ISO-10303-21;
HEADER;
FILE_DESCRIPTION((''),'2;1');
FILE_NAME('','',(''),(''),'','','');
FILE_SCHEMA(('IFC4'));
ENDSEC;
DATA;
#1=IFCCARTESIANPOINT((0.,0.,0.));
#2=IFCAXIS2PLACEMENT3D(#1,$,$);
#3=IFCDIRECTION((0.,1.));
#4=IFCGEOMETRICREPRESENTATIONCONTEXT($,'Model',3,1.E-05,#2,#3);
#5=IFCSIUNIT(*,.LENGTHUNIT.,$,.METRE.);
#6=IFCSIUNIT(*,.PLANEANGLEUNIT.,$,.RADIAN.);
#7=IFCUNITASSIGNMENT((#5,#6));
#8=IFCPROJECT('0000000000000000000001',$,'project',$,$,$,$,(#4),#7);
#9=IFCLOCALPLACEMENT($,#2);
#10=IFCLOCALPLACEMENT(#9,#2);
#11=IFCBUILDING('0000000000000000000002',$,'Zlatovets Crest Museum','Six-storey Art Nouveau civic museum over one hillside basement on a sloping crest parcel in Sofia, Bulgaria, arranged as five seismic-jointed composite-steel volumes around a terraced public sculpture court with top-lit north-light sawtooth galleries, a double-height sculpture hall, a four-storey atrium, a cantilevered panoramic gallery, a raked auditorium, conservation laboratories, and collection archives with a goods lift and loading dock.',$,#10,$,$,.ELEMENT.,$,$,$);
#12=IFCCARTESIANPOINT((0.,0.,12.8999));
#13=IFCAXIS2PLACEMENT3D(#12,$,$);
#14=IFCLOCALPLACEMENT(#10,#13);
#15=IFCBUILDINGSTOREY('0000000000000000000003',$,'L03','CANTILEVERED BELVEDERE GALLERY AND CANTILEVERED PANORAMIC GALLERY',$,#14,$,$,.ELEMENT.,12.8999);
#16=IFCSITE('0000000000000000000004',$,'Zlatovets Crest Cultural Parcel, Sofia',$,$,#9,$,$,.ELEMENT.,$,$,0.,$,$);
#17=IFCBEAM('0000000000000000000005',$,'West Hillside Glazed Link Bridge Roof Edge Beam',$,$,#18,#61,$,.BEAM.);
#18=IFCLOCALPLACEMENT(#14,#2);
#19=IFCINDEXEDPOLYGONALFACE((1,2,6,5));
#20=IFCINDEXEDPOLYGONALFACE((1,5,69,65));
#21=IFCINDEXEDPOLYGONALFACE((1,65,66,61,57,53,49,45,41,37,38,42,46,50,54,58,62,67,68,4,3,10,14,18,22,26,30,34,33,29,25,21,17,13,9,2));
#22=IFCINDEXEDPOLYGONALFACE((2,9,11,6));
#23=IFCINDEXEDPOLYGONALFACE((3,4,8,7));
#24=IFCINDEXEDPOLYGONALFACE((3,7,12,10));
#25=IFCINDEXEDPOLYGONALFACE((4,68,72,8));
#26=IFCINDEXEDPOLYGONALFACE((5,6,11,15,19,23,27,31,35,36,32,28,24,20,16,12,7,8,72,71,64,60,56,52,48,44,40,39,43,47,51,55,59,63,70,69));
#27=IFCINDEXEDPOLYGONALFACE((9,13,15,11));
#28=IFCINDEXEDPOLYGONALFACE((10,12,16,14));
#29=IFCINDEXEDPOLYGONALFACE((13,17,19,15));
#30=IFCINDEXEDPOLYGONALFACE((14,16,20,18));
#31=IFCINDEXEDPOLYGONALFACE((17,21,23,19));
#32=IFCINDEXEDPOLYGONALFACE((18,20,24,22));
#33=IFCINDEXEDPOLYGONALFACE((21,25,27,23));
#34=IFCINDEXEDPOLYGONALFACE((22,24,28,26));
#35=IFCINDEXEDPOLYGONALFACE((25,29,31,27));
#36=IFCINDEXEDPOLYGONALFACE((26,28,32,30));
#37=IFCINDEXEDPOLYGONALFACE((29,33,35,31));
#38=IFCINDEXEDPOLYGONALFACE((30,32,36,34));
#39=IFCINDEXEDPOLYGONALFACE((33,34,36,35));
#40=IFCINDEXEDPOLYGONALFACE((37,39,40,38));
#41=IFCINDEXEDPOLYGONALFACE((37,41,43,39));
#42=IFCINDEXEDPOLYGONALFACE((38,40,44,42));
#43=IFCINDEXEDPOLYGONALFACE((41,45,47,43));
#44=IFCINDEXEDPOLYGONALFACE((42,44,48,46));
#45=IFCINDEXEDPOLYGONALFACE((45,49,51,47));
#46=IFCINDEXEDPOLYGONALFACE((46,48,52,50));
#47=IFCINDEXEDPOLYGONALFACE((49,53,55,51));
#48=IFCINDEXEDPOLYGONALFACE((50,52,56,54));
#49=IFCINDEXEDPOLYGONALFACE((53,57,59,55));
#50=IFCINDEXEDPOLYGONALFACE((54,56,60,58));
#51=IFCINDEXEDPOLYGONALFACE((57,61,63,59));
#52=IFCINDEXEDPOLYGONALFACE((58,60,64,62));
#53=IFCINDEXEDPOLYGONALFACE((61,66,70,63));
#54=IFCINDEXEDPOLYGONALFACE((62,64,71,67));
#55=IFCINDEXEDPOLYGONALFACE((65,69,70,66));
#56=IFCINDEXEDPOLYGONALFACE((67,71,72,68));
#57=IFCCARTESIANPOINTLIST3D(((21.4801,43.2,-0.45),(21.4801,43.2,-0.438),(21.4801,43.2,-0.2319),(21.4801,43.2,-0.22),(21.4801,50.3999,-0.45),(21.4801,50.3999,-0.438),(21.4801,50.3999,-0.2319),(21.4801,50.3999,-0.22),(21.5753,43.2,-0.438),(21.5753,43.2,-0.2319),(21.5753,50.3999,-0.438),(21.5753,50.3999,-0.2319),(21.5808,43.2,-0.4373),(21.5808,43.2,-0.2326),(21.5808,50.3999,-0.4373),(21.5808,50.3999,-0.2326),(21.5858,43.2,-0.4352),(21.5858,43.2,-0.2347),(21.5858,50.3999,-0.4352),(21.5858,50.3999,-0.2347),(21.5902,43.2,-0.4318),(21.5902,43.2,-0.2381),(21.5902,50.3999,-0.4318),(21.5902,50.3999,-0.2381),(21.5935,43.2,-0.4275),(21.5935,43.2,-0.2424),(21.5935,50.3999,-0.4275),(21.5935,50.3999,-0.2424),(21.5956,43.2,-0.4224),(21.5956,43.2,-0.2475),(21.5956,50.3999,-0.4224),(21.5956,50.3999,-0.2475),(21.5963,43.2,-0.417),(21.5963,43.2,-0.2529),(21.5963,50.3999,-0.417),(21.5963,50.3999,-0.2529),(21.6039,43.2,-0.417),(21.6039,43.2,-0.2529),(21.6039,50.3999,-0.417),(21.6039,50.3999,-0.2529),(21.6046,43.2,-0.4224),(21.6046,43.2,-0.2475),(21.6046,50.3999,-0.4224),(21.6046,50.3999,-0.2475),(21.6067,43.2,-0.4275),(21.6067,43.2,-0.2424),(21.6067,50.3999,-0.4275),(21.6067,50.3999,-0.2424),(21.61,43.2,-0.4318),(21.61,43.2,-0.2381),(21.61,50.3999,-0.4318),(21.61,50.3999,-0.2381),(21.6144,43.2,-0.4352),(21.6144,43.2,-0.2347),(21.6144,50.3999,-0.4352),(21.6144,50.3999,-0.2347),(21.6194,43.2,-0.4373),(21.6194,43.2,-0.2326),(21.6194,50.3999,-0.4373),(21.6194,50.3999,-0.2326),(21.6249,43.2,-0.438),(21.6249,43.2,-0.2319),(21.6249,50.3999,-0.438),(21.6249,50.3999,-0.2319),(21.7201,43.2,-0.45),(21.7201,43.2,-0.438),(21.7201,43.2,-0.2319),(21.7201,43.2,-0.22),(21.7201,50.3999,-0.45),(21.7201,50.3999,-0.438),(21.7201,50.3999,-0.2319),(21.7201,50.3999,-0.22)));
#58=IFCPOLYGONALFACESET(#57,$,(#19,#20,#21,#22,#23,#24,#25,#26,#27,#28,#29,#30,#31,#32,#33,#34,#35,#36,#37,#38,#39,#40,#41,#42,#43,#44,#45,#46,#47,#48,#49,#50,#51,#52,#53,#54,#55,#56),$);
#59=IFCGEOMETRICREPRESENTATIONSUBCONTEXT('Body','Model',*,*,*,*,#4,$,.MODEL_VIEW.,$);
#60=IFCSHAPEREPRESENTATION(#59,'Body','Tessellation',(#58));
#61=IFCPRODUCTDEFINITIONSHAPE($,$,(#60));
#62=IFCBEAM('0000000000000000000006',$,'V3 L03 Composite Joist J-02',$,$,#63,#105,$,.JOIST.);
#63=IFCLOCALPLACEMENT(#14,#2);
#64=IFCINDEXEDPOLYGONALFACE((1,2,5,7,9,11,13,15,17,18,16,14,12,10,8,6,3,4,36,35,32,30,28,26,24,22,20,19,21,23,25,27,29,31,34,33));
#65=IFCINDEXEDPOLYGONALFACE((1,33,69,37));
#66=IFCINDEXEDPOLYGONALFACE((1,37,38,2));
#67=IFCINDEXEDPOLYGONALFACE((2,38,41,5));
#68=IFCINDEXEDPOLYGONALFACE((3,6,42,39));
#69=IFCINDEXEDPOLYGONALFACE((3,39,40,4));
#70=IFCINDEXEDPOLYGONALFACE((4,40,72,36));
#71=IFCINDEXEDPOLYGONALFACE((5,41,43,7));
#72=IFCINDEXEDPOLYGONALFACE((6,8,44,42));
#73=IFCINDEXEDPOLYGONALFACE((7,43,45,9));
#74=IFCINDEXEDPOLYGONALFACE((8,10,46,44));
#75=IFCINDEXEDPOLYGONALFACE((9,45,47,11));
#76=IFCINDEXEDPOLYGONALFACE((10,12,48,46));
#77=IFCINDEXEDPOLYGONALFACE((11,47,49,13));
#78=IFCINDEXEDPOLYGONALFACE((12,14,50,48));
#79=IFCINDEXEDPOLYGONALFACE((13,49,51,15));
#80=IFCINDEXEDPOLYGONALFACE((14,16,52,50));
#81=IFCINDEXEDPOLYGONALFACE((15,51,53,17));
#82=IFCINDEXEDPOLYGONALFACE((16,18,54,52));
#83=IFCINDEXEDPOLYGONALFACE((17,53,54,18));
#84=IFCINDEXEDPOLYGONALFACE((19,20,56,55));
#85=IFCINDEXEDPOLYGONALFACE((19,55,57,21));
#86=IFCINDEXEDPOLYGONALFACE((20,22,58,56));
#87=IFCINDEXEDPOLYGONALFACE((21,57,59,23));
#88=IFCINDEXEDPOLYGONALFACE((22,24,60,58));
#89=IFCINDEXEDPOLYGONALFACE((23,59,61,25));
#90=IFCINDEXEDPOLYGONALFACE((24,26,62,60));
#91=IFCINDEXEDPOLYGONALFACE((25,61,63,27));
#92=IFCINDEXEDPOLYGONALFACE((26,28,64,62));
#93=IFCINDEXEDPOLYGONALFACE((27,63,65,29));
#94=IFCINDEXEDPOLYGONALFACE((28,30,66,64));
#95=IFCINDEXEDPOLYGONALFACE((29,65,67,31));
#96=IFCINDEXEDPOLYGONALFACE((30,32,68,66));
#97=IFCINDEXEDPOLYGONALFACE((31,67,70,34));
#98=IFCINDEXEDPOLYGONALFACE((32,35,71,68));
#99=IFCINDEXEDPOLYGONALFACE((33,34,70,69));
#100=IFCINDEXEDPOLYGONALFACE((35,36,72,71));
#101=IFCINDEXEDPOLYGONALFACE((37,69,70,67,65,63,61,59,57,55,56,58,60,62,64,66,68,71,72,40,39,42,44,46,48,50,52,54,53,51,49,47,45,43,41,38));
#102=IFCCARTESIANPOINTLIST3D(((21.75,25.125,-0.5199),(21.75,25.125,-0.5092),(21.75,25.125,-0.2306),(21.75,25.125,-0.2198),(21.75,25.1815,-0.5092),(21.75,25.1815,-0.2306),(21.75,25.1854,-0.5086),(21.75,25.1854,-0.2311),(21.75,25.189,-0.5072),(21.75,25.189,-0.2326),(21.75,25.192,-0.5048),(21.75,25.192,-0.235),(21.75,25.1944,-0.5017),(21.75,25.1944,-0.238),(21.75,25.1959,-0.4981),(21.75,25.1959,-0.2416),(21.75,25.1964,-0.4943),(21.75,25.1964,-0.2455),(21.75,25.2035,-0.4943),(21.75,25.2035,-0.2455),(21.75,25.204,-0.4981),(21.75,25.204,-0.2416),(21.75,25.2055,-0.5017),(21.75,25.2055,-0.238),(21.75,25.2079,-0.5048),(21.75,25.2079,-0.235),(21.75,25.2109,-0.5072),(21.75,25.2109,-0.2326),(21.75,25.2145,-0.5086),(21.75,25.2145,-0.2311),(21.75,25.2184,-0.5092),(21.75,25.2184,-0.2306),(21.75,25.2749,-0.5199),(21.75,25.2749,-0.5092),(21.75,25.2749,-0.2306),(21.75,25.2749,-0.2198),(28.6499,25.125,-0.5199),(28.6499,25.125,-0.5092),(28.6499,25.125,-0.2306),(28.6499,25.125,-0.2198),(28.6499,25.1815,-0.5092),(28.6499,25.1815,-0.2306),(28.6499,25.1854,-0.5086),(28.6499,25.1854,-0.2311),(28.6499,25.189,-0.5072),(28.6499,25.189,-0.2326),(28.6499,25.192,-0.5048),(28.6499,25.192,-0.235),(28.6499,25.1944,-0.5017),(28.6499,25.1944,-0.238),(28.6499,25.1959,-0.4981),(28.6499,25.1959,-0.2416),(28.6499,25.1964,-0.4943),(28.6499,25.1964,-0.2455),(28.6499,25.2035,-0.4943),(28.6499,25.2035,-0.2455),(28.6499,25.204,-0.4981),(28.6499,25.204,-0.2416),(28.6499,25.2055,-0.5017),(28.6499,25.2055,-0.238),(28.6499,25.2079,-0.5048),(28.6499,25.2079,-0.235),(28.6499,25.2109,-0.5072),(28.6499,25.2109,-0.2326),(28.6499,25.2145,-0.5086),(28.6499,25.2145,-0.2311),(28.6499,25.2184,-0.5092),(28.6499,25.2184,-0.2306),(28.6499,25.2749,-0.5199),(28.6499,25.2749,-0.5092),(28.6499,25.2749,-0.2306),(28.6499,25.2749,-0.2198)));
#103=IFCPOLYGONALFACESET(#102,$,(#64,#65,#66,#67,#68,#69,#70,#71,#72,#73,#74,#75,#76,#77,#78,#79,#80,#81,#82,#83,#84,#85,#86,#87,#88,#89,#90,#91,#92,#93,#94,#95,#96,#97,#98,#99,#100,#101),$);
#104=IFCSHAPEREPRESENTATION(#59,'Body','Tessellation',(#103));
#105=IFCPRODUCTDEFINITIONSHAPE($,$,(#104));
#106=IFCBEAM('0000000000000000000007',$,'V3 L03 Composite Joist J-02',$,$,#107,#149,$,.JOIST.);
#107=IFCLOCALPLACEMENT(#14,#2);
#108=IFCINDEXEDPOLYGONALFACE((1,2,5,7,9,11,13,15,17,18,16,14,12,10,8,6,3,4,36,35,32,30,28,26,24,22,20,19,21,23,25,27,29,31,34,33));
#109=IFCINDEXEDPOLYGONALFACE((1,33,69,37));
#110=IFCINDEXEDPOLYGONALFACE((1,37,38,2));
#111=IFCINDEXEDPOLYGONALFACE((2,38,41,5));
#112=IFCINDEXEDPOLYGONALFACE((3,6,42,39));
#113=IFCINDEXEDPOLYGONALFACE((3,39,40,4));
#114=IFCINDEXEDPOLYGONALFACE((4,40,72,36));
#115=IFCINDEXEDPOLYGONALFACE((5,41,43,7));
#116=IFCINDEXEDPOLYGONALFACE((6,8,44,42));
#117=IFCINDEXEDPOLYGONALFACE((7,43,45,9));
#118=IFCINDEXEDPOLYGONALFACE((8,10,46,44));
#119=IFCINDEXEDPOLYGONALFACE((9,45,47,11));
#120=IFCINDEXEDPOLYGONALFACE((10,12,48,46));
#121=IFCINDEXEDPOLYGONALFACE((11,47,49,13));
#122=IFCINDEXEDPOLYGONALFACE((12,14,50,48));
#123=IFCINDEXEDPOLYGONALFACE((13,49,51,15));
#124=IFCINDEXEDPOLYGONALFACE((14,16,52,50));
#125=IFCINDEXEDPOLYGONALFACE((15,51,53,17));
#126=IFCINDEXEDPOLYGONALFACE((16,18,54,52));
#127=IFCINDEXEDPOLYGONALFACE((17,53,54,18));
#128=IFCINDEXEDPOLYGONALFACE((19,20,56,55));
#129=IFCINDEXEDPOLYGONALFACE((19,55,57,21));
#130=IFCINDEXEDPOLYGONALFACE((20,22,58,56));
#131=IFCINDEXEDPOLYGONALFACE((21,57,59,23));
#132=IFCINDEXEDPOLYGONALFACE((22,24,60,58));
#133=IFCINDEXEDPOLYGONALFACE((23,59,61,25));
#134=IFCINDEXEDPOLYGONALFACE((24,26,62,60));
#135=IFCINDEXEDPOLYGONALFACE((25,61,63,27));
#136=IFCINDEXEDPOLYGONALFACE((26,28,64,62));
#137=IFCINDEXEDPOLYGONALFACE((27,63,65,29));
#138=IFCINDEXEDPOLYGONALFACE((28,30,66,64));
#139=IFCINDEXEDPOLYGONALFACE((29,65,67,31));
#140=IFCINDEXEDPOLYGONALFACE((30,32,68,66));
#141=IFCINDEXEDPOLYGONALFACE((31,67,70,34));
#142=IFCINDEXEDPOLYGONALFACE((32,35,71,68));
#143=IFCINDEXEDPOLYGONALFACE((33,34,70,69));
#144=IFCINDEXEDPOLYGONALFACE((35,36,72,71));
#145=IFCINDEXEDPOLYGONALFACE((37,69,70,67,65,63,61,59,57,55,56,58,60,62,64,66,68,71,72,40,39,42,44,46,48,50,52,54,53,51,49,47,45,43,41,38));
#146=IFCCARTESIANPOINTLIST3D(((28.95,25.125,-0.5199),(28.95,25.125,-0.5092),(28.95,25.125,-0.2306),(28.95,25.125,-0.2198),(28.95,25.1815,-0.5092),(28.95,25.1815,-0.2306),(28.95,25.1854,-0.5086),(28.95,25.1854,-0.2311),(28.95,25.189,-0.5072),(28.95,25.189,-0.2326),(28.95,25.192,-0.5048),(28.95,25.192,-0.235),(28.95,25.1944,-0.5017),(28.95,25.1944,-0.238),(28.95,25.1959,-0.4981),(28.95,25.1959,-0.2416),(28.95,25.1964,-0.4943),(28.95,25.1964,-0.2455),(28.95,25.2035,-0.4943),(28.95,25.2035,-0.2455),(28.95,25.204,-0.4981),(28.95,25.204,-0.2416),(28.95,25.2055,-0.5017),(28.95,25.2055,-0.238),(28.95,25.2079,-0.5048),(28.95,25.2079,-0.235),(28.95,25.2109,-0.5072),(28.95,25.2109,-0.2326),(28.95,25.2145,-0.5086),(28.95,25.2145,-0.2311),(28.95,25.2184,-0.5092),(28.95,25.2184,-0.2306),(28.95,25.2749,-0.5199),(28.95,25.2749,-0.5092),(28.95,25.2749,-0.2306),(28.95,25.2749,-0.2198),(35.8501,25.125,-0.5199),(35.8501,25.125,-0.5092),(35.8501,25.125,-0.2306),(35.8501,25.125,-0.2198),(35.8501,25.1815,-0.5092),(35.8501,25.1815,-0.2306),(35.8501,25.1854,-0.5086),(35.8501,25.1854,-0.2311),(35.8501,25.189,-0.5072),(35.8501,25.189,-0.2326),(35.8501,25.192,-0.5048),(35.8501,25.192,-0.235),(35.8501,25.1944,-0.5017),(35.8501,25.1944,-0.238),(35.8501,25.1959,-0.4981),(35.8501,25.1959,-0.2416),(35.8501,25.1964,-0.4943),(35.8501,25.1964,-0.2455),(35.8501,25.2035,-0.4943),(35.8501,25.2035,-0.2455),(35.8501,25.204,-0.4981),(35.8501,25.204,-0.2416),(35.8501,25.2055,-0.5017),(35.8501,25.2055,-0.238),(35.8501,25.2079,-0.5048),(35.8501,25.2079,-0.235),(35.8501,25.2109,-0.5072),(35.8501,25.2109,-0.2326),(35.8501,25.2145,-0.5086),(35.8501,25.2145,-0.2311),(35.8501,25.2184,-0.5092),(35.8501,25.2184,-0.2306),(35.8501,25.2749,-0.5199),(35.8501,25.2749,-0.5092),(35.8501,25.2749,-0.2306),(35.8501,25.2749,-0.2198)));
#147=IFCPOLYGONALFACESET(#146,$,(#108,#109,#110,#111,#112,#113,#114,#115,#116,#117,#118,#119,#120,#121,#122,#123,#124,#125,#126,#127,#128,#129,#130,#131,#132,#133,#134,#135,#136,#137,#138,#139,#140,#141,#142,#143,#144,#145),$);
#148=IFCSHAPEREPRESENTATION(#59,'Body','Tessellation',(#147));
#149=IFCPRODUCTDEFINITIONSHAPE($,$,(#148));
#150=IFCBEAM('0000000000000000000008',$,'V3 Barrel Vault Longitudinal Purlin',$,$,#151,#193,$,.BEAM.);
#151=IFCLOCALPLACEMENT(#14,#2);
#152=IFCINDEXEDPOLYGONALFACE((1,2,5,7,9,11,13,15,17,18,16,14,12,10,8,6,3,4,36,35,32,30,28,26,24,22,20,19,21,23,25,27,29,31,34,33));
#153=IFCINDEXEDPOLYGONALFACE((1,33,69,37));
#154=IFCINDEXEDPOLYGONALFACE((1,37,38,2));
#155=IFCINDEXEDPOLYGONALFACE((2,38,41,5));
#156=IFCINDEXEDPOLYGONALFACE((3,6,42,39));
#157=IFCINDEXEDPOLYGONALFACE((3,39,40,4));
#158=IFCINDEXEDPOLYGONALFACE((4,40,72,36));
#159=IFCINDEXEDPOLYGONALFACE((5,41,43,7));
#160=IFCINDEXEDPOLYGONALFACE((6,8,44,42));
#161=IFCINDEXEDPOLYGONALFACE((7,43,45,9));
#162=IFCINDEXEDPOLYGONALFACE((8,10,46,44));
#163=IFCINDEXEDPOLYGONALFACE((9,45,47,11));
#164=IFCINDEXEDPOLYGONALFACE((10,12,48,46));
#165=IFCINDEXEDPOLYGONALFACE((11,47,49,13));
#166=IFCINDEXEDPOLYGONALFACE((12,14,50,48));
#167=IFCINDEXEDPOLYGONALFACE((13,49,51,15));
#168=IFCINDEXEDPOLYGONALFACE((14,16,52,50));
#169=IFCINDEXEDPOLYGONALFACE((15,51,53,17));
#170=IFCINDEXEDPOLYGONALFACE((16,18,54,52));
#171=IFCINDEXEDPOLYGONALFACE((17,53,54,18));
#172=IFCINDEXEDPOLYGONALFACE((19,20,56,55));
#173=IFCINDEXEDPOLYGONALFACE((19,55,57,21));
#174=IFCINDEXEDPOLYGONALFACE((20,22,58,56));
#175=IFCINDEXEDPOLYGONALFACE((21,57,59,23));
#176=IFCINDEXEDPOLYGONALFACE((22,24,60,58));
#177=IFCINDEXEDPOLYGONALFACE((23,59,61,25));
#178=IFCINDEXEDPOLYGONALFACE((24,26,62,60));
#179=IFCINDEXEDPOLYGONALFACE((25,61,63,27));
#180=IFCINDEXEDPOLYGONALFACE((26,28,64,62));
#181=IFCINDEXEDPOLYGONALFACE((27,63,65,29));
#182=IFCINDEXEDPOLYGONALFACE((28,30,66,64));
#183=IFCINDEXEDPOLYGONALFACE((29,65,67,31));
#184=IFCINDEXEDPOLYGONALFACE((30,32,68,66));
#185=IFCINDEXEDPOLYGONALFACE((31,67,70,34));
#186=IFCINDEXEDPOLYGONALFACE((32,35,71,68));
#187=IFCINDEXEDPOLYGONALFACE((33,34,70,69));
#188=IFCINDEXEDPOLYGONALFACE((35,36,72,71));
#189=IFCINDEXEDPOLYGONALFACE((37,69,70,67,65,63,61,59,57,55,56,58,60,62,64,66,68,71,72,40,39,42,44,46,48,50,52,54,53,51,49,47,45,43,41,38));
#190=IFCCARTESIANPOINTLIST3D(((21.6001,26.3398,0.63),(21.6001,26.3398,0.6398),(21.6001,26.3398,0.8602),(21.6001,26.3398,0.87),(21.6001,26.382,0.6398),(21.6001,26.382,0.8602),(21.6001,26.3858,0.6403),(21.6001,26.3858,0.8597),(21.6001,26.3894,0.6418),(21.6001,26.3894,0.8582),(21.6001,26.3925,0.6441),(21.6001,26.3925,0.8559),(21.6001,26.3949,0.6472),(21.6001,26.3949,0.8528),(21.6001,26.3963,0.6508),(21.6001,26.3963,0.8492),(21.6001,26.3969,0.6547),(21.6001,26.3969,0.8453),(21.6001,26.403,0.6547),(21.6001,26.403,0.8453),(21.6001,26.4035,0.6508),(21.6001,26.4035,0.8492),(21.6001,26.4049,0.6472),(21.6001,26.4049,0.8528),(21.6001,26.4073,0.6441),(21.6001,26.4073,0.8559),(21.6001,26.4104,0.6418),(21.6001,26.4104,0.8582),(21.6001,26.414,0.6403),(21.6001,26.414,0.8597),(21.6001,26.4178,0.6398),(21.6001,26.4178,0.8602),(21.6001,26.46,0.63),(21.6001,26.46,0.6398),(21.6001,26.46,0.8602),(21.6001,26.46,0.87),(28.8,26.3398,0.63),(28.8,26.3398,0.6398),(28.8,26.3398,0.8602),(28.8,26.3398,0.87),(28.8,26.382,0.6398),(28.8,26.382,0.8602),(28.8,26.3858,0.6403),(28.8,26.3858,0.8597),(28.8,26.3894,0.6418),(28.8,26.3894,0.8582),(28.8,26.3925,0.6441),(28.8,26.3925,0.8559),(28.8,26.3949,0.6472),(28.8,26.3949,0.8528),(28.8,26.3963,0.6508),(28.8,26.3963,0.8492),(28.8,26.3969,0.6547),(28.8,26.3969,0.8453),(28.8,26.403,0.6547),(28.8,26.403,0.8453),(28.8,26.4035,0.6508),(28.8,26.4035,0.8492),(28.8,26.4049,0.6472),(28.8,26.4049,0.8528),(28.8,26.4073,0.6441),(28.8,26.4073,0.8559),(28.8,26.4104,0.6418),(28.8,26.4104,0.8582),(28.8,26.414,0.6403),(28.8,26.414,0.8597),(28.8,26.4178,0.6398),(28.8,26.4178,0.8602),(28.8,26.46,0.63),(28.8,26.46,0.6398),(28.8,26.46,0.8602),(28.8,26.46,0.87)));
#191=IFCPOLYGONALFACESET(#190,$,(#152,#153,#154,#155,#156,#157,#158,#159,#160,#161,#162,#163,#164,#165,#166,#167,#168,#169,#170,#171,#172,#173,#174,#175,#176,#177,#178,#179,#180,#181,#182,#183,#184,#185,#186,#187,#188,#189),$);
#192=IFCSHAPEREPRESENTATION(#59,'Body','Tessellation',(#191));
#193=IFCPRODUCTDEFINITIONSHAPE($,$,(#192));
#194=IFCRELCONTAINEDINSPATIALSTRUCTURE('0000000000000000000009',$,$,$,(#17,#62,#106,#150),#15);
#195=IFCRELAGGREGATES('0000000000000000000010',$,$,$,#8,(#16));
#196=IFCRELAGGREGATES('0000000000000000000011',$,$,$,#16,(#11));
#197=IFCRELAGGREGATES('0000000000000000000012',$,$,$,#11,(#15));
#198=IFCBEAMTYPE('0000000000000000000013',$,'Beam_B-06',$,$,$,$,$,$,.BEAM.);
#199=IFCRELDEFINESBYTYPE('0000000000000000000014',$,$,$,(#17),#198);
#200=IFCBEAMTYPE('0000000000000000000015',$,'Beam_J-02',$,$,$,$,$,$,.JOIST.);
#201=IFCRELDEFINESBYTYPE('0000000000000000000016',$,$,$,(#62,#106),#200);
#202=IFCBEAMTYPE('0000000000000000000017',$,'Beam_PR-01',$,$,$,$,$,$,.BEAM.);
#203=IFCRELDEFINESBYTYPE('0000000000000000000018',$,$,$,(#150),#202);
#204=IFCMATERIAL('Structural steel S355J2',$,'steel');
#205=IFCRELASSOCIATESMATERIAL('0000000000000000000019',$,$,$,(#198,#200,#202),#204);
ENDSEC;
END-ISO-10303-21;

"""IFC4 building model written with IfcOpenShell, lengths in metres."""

from ifc_helpers import new_model, si_unit, direction, frame, origin, origin_2d, place, context, subcontext, project, spatial, i_section, extrude, material, material_profile, profile_set, type_object, element, save


model = new_model("IFC4")

# Units and contexts
model_context = context("Model", 3, precision=1e-05, world=origin(), true_north=direction((0.0, 1.0)))
body_context = subcontext(model_context, "Body", "Model", "MODEL_VIEW")
ifc_project = project(units=[si_unit("LENGTHUNIT", "METRE"), si_unit("PLANEANGLEUNIT", "RADIAN")], contexts=[model_context])

# Site, building, storey
site_placement = place(None, origin())
site = spatial("IfcSite", under=ifc_project, at=site_placement, Name="Zlatovets Crest Cultural Parcel, Sofia", CompositionType="ELEMENT", RefElevation=0.0)
building_placement = place(site_placement, origin())
building = spatial("IfcBuilding", under=site, at=building_placement, Name="Zlatovets Crest Museum", Description="Six-storey Art Nouveau civic museum over one hillside basement on a sloping crest parcel in Sofia, Bulgaria, arranged as five seismic-jointed composite-steel volumes around a terraced public sculpture court with top-lit north-light sawtooth galleries, a double-height sculpture hall, a four-storey atrium, a cantilevered panoramic gallery, a raked auditorium, conservation laboratories, and collection archives with a goods lift and loading dock.", CompositionType="ELEMENT")
storey_placement = place(building_placement, frame((0.0, 0.0, 12.8999)))
storey = spatial("IfcBuildingStorey", under=building, at=storey_placement, Name="L03", Description="CANTILEVERED BELVEDERE GALLERY AND CANTILEVERED PANORAMIC GALLERY", CompositionType="ELEMENT", Elevation=12.8999)

# Beams
ifc_material_1 = material(Name="Structural steel S355J2", Category="steel")
ifc_material_profile_1 = material_profile(ifc_material_1, i_section(OverallWidth=0.24, OverallDepth=0.23, WebThickness=0.0076, FlangeThickness=0.012, FilletRadius=0.021, at=origin_2d()), Name="HEA 240")
ifc_profile_set_1 = profile_set([ifc_material_profile_1], Name="Structural steel S355J2")
beam_type_1 = type_object("IfcBeamType", Name="Beam_B-06", PredefinedType="BEAM", material=ifc_profile_set_1)
for number, where, z_axis, x_axis, name in (
    (1, (21.6001, 43.2, -0.335), (0.0, 1.0, 0.0), (-1.0, 0.0, 0.0), "West Hillside Glazed Link Bridge Roof Edge Beam"),
):
    element("IfcBeam", number, at=place(storey_placement, frame(where, z_axis=z_axis, x_axis=x_axis)), inside=storey, type_object=beam_type_1, Name=name, PredefinedType="BEAM", context=body_context, shape_type="SweptSolid", body=[
        extrude(i_section(OverallWidth=0.24, OverallDepth=0.23, WebThickness=0.0076, FlangeThickness=0.012, FilletRadius=0.021, at=origin_2d()), origin(), (0.0, 0.0, 1.0), 7.2),
    ])
ifc_material_profile_2 = material_profile(ifc_material_1, i_section(OverallWidth=0.1499, OverallDepth=0.3, WebThickness=0.0071, FlangeThickness=0.0107, FilletRadius=0.0149, at=origin_2d()), Name="IPE 300")
ifc_profile_set_2 = profile_set([ifc_material_profile_2], Name="Structural steel S355J2")
beam_type_2 = type_object("IfcBeamType", Name="Beam_J-02", PredefinedType="JOIST", material=ifc_profile_set_2)
beam_1_placement = place(storey_placement, frame((21.75, 25.2, -0.3699), z_axis=(1.0, 0.0, 0.0), x_axis=(0.0, 1.0, 0.0)))
element("IfcBeam", 2, at=beam_1_placement, inside=storey, type_object=beam_type_2, Name="V3 L03 Composite Joist J-02", PredefinedType="JOIST", context=body_context, shape_type="SweptSolid", body=[
    extrude(i_section(OverallWidth=0.1499, OverallDepth=0.3, WebThickness=0.0071, FlangeThickness=0.0107, FilletRadius=0.0149, at=origin_2d()), origin(), (0.0, 0.0, 1.0), 6.8999),
])
beam_2_placement = place(storey_placement, frame((28.95, 25.2, -0.3699), z_axis=(1.0, 0.0, 0.0), x_axis=(0.0, 1.0, 0.0)))
element("IfcBeam", 3, at=beam_2_placement, inside=storey, type_object=beam_type_2, Name="V3 L03 Composite Joist J-02", PredefinedType="JOIST", context=body_context, shape_type="SweptSolid", body=[
    extrude(i_section(OverallWidth=0.1499, OverallDepth=0.3, WebThickness=0.0071, FlangeThickness=0.0107, FilletRadius=0.0149, at=origin_2d()), origin(), (0.0, 0.0, 1.0), 6.9001),
])
ifc_material_profile_3 = material_profile(ifc_material_1, i_section(OverallWidth=0.1201, OverallDepth=0.24, WebThickness=0.0061, FlangeThickness=0.0098, FilletRadius=0.0149, at=origin_2d()), Name="IPE 240")
ifc_profile_set_3 = profile_set([ifc_material_profile_3], Name="Structural steel S355J2")
beam_type_3 = type_object("IfcBeamType", Name="Beam_PR-01", PredefinedType="BEAM", material=ifc_profile_set_3)
beam_3_placement = place(storey_placement, frame((21.6001, 26.3999, 0.75), z_axis=(1.0, 0.0, 0.0), x_axis=(0.0, 1.0, 0.0)))
element("IfcBeam", 4, at=beam_3_placement, inside=storey, type_object=beam_type_3, Name="V3 Barrel Vault Longitudinal Purlin", PredefinedType="BEAM", context=body_context, shape_type="SweptSolid", body=[
    extrude(i_section(OverallWidth=0.1201, OverallDepth=0.24, WebThickness=0.0061, FlangeThickness=0.0098, FilletRadius=0.0149, at=origin_2d()), origin(), (0.0, 0.0, 1.0), 7.2),
])

save(model, "model.ifc")
